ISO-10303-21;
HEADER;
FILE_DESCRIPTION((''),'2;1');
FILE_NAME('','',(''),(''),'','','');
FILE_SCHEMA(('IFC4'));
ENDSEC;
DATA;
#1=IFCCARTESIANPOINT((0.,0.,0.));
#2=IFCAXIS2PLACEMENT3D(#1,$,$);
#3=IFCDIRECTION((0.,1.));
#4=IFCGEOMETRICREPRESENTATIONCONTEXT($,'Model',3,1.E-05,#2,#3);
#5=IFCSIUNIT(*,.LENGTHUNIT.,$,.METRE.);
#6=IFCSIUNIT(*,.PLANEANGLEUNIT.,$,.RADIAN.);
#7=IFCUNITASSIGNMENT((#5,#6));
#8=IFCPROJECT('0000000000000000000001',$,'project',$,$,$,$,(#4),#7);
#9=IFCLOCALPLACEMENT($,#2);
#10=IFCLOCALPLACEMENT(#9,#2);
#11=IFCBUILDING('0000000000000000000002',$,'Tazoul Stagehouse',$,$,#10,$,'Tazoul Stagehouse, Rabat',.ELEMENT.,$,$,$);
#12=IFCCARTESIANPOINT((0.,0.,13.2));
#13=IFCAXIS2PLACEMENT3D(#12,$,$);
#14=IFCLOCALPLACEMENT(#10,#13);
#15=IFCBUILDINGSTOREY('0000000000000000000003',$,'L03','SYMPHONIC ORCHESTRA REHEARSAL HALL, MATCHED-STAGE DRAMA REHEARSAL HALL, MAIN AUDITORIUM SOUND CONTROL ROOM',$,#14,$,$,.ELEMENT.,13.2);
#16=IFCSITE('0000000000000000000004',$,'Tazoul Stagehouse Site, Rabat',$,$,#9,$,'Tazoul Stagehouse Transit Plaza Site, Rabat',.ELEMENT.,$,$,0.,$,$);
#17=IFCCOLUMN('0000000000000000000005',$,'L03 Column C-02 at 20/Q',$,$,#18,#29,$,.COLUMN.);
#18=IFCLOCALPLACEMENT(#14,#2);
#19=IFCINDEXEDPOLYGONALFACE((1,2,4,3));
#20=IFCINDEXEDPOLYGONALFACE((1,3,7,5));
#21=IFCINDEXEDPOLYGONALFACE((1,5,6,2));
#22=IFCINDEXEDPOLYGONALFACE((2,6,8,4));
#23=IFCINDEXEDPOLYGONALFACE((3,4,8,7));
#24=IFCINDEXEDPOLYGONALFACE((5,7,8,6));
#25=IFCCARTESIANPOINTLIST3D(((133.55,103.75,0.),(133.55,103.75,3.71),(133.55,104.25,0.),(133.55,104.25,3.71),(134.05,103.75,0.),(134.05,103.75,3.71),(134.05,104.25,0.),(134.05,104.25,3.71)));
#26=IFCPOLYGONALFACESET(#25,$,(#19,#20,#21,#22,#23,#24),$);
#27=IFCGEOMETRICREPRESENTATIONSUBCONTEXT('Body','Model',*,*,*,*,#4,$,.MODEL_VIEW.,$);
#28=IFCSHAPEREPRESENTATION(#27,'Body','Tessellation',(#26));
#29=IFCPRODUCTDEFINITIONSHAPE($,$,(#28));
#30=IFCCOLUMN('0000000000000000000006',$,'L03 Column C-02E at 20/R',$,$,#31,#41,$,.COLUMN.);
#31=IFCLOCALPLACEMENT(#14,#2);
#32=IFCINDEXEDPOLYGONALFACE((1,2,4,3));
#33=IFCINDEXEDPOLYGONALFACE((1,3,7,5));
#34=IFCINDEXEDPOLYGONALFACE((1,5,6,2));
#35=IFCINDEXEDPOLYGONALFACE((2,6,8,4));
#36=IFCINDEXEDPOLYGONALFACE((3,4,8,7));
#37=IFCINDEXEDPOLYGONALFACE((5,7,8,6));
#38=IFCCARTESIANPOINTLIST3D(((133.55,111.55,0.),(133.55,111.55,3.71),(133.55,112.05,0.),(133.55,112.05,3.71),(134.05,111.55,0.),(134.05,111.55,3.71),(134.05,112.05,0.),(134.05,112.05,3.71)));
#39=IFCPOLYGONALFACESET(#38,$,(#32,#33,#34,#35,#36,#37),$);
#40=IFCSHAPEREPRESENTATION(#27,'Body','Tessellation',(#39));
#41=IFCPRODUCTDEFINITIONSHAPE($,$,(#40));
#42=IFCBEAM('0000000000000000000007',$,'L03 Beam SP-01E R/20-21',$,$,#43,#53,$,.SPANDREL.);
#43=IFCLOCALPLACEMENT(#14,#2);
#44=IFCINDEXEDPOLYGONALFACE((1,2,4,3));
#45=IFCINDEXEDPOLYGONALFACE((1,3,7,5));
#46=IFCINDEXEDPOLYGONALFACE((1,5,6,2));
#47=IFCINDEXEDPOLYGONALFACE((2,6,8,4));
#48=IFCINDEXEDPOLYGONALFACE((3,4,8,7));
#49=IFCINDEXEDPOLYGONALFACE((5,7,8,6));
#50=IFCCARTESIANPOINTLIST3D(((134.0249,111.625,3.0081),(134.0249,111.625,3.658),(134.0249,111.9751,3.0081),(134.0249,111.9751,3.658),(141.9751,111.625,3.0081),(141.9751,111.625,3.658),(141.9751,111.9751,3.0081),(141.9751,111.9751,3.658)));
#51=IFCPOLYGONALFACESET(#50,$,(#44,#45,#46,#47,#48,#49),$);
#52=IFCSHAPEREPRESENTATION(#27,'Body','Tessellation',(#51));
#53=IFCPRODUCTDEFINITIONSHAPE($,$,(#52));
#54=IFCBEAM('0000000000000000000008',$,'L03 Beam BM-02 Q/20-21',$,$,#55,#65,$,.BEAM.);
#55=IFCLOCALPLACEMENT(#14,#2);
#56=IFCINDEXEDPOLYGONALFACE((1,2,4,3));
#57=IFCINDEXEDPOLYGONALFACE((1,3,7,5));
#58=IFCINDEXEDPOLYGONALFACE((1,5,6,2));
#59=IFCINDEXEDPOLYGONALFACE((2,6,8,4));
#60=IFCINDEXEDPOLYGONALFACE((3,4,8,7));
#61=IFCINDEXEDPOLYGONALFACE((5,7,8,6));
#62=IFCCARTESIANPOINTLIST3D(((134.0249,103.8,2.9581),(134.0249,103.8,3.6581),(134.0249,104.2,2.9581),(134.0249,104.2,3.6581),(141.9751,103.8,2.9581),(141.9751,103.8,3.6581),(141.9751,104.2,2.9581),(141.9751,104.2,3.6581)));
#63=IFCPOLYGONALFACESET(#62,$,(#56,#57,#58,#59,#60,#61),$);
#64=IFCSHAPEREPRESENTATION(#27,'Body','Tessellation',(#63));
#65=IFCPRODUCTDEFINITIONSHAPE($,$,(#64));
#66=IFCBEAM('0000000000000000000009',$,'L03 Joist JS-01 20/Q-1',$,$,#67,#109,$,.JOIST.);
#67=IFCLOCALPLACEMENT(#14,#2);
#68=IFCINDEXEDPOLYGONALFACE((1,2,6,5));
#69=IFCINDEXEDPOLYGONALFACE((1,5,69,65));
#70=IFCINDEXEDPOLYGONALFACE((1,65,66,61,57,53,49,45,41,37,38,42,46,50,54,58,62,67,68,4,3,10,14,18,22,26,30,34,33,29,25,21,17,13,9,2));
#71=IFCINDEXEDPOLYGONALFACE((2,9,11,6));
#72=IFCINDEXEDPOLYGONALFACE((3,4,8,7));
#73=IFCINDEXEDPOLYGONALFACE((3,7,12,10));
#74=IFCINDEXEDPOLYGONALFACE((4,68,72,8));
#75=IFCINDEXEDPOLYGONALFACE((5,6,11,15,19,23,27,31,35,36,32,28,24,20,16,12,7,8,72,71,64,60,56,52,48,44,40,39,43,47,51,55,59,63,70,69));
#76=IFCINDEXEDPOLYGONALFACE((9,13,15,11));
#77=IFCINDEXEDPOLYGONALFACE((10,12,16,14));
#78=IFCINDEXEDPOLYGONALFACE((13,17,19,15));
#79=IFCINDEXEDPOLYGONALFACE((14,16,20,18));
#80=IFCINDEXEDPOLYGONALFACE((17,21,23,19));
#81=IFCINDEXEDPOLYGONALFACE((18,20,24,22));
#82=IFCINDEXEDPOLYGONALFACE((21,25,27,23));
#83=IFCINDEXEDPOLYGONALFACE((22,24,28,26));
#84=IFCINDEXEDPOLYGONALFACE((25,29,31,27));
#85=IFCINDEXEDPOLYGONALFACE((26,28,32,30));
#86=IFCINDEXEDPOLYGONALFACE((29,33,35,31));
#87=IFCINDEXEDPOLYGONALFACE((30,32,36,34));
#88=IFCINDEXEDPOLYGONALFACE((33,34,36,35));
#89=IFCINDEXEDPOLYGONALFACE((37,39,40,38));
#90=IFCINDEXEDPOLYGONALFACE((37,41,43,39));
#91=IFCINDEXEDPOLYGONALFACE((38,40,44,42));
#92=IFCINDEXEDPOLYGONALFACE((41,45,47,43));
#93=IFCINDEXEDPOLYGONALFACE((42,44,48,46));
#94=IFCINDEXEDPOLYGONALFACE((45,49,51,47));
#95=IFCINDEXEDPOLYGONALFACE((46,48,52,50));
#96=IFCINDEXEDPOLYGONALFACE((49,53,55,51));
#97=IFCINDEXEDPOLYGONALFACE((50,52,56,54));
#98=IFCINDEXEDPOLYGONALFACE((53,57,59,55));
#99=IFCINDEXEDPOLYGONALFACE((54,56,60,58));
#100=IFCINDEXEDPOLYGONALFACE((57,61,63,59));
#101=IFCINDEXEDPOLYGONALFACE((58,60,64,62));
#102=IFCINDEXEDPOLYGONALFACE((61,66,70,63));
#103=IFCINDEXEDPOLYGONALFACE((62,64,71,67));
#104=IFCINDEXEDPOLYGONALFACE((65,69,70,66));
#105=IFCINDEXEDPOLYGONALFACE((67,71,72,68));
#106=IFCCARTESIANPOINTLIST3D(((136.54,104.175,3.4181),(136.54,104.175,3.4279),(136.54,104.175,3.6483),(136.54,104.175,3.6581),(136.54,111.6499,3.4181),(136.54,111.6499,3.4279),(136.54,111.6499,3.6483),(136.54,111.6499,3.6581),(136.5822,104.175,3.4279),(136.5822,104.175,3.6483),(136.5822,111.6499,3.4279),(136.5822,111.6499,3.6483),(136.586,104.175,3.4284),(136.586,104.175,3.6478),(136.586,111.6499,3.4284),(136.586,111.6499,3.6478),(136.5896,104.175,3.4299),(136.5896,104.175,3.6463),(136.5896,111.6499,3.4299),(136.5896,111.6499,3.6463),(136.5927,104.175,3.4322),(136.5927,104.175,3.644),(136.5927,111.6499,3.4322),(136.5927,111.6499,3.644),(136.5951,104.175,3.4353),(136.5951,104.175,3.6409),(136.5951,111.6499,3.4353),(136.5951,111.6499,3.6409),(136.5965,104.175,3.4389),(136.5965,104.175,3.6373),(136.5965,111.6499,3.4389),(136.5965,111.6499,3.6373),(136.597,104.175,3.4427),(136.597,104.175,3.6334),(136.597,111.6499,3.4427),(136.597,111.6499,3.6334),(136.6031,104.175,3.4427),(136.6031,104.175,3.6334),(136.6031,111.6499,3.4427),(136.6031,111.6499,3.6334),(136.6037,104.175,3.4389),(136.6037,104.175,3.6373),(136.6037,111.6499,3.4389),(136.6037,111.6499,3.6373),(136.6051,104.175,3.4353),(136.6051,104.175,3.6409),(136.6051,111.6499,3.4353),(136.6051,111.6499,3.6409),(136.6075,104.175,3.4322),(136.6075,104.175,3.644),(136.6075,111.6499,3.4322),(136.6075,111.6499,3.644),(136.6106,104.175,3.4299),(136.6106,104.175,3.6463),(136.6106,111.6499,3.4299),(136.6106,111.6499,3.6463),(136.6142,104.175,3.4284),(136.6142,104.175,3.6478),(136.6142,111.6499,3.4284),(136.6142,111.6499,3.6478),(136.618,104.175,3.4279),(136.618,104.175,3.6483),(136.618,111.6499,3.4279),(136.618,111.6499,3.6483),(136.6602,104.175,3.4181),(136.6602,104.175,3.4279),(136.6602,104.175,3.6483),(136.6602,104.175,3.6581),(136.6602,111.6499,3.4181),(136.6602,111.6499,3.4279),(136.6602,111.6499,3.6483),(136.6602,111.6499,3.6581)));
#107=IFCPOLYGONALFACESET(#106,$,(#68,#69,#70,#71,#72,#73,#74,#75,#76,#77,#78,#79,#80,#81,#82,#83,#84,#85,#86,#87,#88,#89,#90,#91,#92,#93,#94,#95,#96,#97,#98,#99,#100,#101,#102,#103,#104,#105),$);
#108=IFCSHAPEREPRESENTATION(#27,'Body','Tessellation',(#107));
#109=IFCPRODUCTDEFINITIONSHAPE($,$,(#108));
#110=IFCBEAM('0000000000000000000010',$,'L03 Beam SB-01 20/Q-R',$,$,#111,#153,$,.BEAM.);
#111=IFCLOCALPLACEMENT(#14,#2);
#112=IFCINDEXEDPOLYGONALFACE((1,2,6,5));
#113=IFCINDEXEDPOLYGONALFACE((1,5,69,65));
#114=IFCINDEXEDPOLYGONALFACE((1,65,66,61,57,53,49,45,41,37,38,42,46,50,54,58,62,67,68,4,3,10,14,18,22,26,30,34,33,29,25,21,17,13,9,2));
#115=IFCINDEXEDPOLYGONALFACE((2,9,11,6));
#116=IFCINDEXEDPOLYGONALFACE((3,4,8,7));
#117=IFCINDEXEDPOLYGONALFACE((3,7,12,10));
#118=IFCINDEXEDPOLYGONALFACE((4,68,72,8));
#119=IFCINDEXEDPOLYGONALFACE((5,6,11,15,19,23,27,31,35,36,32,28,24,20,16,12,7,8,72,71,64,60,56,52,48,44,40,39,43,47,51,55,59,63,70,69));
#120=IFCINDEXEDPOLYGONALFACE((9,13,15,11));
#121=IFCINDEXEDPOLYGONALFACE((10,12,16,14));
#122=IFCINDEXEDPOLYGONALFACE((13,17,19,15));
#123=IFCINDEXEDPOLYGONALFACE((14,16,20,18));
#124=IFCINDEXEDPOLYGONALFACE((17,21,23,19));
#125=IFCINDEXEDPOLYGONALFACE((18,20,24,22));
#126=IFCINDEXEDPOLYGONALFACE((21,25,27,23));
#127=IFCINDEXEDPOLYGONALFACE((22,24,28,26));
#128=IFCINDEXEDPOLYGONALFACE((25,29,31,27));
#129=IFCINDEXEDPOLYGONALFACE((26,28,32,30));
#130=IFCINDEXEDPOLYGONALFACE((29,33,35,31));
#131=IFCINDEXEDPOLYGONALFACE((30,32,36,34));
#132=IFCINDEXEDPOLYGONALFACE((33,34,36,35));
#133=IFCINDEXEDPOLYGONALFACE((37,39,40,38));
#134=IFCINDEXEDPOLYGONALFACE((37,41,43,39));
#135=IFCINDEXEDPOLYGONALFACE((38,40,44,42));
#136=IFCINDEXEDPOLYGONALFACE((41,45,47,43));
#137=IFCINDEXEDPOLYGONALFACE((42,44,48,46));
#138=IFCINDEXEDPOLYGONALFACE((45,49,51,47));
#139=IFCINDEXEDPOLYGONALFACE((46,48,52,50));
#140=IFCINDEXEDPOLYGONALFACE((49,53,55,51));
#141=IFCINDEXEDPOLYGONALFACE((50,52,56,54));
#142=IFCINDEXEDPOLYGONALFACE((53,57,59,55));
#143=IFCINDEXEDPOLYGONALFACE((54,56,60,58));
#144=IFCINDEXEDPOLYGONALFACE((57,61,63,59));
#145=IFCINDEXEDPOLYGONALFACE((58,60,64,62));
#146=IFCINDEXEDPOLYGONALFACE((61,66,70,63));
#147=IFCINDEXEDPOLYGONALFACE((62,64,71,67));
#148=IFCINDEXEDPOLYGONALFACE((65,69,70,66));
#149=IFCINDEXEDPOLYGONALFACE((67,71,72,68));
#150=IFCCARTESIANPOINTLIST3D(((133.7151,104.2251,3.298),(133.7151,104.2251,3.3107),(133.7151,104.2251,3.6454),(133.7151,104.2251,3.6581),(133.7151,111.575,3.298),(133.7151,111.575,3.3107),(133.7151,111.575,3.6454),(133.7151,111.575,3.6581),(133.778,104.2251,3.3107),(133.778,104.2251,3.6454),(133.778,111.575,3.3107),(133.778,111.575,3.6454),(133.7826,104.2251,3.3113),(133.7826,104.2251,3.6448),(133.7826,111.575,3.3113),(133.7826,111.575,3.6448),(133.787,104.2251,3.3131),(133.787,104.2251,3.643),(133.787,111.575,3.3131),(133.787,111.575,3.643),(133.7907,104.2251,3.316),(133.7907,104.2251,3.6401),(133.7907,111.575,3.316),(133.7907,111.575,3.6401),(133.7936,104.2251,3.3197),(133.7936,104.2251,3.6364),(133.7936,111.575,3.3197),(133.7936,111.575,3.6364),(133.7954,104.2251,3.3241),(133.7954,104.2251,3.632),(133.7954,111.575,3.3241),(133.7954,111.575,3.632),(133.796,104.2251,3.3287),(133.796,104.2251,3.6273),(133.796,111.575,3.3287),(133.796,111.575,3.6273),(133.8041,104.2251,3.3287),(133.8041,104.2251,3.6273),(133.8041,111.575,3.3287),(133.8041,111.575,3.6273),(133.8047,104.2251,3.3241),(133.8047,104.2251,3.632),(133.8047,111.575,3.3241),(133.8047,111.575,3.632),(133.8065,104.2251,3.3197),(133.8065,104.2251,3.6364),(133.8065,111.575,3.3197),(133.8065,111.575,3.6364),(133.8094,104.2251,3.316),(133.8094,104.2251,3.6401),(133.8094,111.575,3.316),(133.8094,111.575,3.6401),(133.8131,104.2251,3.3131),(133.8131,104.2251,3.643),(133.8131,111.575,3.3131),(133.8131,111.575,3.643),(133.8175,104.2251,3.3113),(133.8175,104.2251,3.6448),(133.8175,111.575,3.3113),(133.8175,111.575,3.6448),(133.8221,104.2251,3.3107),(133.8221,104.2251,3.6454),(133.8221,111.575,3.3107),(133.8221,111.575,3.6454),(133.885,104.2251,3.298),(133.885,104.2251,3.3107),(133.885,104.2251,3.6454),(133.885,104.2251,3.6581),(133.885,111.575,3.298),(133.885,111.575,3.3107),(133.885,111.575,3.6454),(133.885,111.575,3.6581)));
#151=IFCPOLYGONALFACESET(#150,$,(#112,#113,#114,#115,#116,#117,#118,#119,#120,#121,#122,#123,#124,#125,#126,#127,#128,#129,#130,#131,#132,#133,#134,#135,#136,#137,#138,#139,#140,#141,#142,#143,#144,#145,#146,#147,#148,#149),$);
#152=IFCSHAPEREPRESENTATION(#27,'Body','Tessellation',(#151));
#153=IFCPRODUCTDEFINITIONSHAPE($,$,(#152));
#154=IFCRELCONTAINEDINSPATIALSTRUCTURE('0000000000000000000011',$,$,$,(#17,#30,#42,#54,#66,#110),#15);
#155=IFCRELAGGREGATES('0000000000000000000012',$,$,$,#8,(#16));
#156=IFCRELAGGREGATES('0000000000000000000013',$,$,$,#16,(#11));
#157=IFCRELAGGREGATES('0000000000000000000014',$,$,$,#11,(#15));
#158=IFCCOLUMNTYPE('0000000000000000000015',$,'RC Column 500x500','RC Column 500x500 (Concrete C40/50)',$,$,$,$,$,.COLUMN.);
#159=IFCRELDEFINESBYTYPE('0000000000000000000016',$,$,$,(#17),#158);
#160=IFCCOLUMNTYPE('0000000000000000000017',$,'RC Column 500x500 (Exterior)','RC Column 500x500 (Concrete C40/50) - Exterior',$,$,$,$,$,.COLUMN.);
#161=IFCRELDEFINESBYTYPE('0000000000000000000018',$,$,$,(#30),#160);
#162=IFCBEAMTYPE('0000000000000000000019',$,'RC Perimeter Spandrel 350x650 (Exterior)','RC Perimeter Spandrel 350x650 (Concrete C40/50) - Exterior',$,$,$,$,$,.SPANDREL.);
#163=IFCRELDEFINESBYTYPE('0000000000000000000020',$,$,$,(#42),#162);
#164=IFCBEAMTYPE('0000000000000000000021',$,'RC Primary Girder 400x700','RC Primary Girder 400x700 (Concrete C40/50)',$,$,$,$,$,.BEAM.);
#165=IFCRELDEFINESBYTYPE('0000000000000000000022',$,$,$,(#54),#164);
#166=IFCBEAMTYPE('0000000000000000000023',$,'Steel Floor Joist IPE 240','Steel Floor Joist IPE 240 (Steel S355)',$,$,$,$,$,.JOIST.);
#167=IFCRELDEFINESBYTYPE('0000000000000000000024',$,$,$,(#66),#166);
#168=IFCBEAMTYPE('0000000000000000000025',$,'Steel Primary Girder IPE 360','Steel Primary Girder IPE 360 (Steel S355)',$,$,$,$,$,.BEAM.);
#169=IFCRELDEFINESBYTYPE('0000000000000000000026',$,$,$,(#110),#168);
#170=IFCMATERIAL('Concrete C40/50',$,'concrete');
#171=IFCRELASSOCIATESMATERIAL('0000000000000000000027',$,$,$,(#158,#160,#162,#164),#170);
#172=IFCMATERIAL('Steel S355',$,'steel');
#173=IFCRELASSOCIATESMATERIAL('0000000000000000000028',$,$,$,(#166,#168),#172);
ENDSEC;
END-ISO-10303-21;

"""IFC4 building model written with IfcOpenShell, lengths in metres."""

from ifc_helpers import new_model, si_unit, direction, frame, origin, origin_2d, place, context, subcontext, project, spatial, rectangle, i_section, extrude, material, material_profile, profile_set, type_object, element, save


model = new_model("IFC4")

# Units and contexts
model_context = context("Model", 3, precision=1e-05, world=origin(), true_north=direction((0.0, 1.0)))
body_context = subcontext(model_context, "Body", "Model", "MODEL_VIEW")
ifc_project = project(units=[si_unit("LENGTHUNIT", "METRE"), si_unit("PLANEANGLEUNIT", "RADIAN")], contexts=[model_context])

# Site, building, storey
site_placement = place(None, origin())
site = spatial("IfcSite", under=ifc_project, at=site_placement, Name="Tazoul Stagehouse Site, Rabat", LongName="Tazoul Stagehouse Transit Plaza Site, Rabat", CompositionType="ELEMENT", RefElevation=0.0)
building_placement = place(site_placement, origin())
building = spatial("IfcBuilding", under=site, at=building_placement, Name="Tazoul Stagehouse", LongName="Tazoul Stagehouse, Rabat", CompositionType="ELEMENT")
storey_placement = place(building_placement, frame((0.0, 0.0, 13.2)))
storey = spatial("IfcBuildingStorey", under=building, at=storey_placement, Name="L03", Description="SYMPHONIC ORCHESTRA REHEARSAL HALL, MATCHED-STAGE DRAMA REHEARSAL HALL, MAIN AUDITORIUM SOUND CONTROL ROOM", CompositionType="ELEMENT", Elevation=13.2)

# Columns
ifc_material_1 = material(Name="Concrete C40/50", Category="concrete")
ifc_material_profile_1 = material_profile(ifc_material_1, rectangle(XDim=0.5, YDim=0.5, at=origin_2d()), Name="RC 500x500")
ifc_profile_set_1 = profile_set([ifc_material_profile_1], Name="Concrete C40/50")
column_type_1 = type_object("IfcColumnType", Name="RC Column 500x500", Description="RC Column 500x500 (Concrete C40/50)", PredefinedType="COLUMN", material=ifc_profile_set_1)
column_1_placement = place(storey_placement, frame((133.8, 104.0, 0.0), z_axis=(0.0, 0.0, 1.0), x_axis=(1.0, 0.0, 0.0)))
element("IfcColumn", 1, at=column_1_placement, inside=storey, type_object=column_type_1, Name="L03 Column C-02 at 20/Q", PredefinedType="COLUMN", context=body_context, shape_type="SweptSolid", body=[
    extrude(rectangle(XDim=0.5, YDim=0.5, at=origin_2d()), origin(), (0.0, 0.0, 1.0), 3.71),
])
ifc_material_profile_2 = material_profile(ifc_material_1, rectangle(XDim=0.5, YDim=0.5, at=origin_2d()), Name="RC 500x500")
ifc_profile_set_2 = profile_set([ifc_material_profile_2], Name="Concrete C40/50")
column_type_2 = type_object("IfcColumnType", Name="RC Column 500x500 (Exterior)", Description="RC Column 500x500 (Concrete C40/50) - Exterior", PredefinedType="COLUMN", material=ifc_profile_set_2)
column_2_placement = place(storey_placement, frame((133.8, 111.8, 0.0), z_axis=(0.0, 0.0, 1.0), x_axis=(1.0, 0.0, 0.0)))
element("IfcColumn", 2, at=column_2_placement, inside=storey, type_object=column_type_2, Name="L03 Column C-02E at 20/R", PredefinedType="COLUMN", context=body_context, shape_type="SweptSolid", body=[
    extrude(rectangle(XDim=0.5, YDim=0.5, at=origin_2d()), origin(), (0.0, 0.0, 1.0), 3.71),
])

# Beams
ifc_material_profile_3 = material_profile(ifc_material_1, rectangle(XDim=0.3501, YDim=0.6499, at=origin_2d()), Name="RC 350x650")
ifc_profile_set_3 = profile_set([ifc_material_profile_3], Name="Concrete C40/50")
beam_type_1 = type_object("IfcBeamType", Name="RC Perimeter Spandrel 350x650 (Exterior)", Description="RC Perimeter Spandrel 350x650 (Concrete C40/50) - Exterior", PredefinedType="SPANDREL", material=ifc_profile_set_3)
beam_1_placement = place(storey_placement, frame((134.0249, 111.8, 3.333), z_axis=(1.0, 0.0, 0.0), x_axis=(0.0, 1.0, 0.0)))
element("IfcBeam", 3, at=beam_1_placement, inside=storey, type_object=beam_type_1, Name="L03 Beam SP-01E R/20-21", PredefinedType="SPANDREL", context=body_context, shape_type="SweptSolid", body=[
    extrude(rectangle(XDim=0.3501, YDim=0.6499, at=origin_2d()), origin(), (0.0, 0.0, 1.0), 7.9502),
])
ifc_material_profile_4 = material_profile(ifc_material_1, rectangle(XDim=0.3999, YDim=0.7, at=origin_2d()), Name="RC 400x700")
ifc_profile_set_4 = profile_set([ifc_material_profile_4], Name="Concrete C40/50")
beam_type_2 = type_object("IfcBeamType", Name="RC Primary Girder 400x700", Description="RC Primary Girder 400x700 (Concrete C40/50)", PredefinedType="BEAM", material=ifc_profile_set_4)
beam_2_placement = place(storey_placement, frame((134.0249, 104.0, 3.3081), z_axis=(1.0, 0.0, 0.0), x_axis=(0.0, 1.0, 0.0)))
element("IfcBeam", 4, at=beam_2_placement, inside=storey, type_object=beam_type_2, Name="L03 Beam BM-02 Q/20-21", PredefinedType="BEAM", context=body_context, shape_type="SweptSolid", body=[
    extrude(rectangle(XDim=0.3999, YDim=0.7, at=origin_2d()), origin(), (0.0, 0.0, 1.0), 7.9502),
])
ifc_material_2 = material(Name="Steel S355", Category="steel")
ifc_material_profile_5 = material_profile(ifc_material_2, i_section(OverallWidth=0.1201, OverallDepth=0.24, WebThickness=0.0061, FlangeThickness=0.0098, FilletRadius=0.0149, at=origin_2d()), Name="IPE 240")
ifc_profile_set_5 = profile_set([ifc_material_profile_5], Name="Steel S355")
beam_type_3 = type_object("IfcBeamType", Name="Steel Floor Joist IPE 240", Description="Steel Floor Joist IPE 240 (Steel S355)", PredefinedType="JOIST", material=ifc_profile_set_5)
beam_3_placement = place(storey_placement, frame((136.6001, 104.175, 3.5381), z_axis=(0.0, 1.0, 0.0), x_axis=(-1.0, 0.0, 0.0)))
element("IfcBeam", 5, at=beam_3_placement, inside=storey, type_object=beam_type_3, Name="L03 Joist JS-01 20/Q-1", PredefinedType="JOIST", context=body_context, shape_type="SweptSolid", body=[
    extrude(i_section(OverallWidth=0.1201, OverallDepth=0.24, WebThickness=0.0061, FlangeThickness=0.0098, FilletRadius=0.0149, at=origin_2d()), origin(), (0.0, 0.0, 1.0), 7.4749),
])
ifc_material_profile_6 = material_profile(ifc_material_2, i_section(OverallWidth=0.1699, OverallDepth=0.3601, WebThickness=0.0081, FlangeThickness=0.0127, FilletRadius=0.0181, at=origin_2d()), Name="IPE 360")
ifc_profile_set_6 = profile_set([ifc_material_profile_6], Name="Steel S355")
beam_type_4 = type_object("IfcBeamType", Name="Steel Primary Girder IPE 360", Description="Steel Primary Girder IPE 360 (Steel S355)", PredefinedType="BEAM", material=ifc_profile_set_6)
beam_4_placement = place(storey_placement, frame((133.8, 104.2251, 3.478), z_axis=(0.0, 1.0, 0.0), x_axis=(-1.0, 0.0, 0.0)))
element("IfcBeam", 6, at=beam_4_placement, inside=storey, type_object=beam_type_4, Name="L03 Beam SB-01 20/Q-R", PredefinedType="BEAM", context=body_context, shape_type="SweptSolid", body=[
    extrude(i_section(OverallWidth=0.1699, OverallDepth=0.3601, WebThickness=0.0081, FlangeThickness=0.0127, FilletRadius=0.0181, at=origin_2d()), origin(), (0.0, 0.0, 1.0), 7.3499),
])

save(model, "model.ifc")
